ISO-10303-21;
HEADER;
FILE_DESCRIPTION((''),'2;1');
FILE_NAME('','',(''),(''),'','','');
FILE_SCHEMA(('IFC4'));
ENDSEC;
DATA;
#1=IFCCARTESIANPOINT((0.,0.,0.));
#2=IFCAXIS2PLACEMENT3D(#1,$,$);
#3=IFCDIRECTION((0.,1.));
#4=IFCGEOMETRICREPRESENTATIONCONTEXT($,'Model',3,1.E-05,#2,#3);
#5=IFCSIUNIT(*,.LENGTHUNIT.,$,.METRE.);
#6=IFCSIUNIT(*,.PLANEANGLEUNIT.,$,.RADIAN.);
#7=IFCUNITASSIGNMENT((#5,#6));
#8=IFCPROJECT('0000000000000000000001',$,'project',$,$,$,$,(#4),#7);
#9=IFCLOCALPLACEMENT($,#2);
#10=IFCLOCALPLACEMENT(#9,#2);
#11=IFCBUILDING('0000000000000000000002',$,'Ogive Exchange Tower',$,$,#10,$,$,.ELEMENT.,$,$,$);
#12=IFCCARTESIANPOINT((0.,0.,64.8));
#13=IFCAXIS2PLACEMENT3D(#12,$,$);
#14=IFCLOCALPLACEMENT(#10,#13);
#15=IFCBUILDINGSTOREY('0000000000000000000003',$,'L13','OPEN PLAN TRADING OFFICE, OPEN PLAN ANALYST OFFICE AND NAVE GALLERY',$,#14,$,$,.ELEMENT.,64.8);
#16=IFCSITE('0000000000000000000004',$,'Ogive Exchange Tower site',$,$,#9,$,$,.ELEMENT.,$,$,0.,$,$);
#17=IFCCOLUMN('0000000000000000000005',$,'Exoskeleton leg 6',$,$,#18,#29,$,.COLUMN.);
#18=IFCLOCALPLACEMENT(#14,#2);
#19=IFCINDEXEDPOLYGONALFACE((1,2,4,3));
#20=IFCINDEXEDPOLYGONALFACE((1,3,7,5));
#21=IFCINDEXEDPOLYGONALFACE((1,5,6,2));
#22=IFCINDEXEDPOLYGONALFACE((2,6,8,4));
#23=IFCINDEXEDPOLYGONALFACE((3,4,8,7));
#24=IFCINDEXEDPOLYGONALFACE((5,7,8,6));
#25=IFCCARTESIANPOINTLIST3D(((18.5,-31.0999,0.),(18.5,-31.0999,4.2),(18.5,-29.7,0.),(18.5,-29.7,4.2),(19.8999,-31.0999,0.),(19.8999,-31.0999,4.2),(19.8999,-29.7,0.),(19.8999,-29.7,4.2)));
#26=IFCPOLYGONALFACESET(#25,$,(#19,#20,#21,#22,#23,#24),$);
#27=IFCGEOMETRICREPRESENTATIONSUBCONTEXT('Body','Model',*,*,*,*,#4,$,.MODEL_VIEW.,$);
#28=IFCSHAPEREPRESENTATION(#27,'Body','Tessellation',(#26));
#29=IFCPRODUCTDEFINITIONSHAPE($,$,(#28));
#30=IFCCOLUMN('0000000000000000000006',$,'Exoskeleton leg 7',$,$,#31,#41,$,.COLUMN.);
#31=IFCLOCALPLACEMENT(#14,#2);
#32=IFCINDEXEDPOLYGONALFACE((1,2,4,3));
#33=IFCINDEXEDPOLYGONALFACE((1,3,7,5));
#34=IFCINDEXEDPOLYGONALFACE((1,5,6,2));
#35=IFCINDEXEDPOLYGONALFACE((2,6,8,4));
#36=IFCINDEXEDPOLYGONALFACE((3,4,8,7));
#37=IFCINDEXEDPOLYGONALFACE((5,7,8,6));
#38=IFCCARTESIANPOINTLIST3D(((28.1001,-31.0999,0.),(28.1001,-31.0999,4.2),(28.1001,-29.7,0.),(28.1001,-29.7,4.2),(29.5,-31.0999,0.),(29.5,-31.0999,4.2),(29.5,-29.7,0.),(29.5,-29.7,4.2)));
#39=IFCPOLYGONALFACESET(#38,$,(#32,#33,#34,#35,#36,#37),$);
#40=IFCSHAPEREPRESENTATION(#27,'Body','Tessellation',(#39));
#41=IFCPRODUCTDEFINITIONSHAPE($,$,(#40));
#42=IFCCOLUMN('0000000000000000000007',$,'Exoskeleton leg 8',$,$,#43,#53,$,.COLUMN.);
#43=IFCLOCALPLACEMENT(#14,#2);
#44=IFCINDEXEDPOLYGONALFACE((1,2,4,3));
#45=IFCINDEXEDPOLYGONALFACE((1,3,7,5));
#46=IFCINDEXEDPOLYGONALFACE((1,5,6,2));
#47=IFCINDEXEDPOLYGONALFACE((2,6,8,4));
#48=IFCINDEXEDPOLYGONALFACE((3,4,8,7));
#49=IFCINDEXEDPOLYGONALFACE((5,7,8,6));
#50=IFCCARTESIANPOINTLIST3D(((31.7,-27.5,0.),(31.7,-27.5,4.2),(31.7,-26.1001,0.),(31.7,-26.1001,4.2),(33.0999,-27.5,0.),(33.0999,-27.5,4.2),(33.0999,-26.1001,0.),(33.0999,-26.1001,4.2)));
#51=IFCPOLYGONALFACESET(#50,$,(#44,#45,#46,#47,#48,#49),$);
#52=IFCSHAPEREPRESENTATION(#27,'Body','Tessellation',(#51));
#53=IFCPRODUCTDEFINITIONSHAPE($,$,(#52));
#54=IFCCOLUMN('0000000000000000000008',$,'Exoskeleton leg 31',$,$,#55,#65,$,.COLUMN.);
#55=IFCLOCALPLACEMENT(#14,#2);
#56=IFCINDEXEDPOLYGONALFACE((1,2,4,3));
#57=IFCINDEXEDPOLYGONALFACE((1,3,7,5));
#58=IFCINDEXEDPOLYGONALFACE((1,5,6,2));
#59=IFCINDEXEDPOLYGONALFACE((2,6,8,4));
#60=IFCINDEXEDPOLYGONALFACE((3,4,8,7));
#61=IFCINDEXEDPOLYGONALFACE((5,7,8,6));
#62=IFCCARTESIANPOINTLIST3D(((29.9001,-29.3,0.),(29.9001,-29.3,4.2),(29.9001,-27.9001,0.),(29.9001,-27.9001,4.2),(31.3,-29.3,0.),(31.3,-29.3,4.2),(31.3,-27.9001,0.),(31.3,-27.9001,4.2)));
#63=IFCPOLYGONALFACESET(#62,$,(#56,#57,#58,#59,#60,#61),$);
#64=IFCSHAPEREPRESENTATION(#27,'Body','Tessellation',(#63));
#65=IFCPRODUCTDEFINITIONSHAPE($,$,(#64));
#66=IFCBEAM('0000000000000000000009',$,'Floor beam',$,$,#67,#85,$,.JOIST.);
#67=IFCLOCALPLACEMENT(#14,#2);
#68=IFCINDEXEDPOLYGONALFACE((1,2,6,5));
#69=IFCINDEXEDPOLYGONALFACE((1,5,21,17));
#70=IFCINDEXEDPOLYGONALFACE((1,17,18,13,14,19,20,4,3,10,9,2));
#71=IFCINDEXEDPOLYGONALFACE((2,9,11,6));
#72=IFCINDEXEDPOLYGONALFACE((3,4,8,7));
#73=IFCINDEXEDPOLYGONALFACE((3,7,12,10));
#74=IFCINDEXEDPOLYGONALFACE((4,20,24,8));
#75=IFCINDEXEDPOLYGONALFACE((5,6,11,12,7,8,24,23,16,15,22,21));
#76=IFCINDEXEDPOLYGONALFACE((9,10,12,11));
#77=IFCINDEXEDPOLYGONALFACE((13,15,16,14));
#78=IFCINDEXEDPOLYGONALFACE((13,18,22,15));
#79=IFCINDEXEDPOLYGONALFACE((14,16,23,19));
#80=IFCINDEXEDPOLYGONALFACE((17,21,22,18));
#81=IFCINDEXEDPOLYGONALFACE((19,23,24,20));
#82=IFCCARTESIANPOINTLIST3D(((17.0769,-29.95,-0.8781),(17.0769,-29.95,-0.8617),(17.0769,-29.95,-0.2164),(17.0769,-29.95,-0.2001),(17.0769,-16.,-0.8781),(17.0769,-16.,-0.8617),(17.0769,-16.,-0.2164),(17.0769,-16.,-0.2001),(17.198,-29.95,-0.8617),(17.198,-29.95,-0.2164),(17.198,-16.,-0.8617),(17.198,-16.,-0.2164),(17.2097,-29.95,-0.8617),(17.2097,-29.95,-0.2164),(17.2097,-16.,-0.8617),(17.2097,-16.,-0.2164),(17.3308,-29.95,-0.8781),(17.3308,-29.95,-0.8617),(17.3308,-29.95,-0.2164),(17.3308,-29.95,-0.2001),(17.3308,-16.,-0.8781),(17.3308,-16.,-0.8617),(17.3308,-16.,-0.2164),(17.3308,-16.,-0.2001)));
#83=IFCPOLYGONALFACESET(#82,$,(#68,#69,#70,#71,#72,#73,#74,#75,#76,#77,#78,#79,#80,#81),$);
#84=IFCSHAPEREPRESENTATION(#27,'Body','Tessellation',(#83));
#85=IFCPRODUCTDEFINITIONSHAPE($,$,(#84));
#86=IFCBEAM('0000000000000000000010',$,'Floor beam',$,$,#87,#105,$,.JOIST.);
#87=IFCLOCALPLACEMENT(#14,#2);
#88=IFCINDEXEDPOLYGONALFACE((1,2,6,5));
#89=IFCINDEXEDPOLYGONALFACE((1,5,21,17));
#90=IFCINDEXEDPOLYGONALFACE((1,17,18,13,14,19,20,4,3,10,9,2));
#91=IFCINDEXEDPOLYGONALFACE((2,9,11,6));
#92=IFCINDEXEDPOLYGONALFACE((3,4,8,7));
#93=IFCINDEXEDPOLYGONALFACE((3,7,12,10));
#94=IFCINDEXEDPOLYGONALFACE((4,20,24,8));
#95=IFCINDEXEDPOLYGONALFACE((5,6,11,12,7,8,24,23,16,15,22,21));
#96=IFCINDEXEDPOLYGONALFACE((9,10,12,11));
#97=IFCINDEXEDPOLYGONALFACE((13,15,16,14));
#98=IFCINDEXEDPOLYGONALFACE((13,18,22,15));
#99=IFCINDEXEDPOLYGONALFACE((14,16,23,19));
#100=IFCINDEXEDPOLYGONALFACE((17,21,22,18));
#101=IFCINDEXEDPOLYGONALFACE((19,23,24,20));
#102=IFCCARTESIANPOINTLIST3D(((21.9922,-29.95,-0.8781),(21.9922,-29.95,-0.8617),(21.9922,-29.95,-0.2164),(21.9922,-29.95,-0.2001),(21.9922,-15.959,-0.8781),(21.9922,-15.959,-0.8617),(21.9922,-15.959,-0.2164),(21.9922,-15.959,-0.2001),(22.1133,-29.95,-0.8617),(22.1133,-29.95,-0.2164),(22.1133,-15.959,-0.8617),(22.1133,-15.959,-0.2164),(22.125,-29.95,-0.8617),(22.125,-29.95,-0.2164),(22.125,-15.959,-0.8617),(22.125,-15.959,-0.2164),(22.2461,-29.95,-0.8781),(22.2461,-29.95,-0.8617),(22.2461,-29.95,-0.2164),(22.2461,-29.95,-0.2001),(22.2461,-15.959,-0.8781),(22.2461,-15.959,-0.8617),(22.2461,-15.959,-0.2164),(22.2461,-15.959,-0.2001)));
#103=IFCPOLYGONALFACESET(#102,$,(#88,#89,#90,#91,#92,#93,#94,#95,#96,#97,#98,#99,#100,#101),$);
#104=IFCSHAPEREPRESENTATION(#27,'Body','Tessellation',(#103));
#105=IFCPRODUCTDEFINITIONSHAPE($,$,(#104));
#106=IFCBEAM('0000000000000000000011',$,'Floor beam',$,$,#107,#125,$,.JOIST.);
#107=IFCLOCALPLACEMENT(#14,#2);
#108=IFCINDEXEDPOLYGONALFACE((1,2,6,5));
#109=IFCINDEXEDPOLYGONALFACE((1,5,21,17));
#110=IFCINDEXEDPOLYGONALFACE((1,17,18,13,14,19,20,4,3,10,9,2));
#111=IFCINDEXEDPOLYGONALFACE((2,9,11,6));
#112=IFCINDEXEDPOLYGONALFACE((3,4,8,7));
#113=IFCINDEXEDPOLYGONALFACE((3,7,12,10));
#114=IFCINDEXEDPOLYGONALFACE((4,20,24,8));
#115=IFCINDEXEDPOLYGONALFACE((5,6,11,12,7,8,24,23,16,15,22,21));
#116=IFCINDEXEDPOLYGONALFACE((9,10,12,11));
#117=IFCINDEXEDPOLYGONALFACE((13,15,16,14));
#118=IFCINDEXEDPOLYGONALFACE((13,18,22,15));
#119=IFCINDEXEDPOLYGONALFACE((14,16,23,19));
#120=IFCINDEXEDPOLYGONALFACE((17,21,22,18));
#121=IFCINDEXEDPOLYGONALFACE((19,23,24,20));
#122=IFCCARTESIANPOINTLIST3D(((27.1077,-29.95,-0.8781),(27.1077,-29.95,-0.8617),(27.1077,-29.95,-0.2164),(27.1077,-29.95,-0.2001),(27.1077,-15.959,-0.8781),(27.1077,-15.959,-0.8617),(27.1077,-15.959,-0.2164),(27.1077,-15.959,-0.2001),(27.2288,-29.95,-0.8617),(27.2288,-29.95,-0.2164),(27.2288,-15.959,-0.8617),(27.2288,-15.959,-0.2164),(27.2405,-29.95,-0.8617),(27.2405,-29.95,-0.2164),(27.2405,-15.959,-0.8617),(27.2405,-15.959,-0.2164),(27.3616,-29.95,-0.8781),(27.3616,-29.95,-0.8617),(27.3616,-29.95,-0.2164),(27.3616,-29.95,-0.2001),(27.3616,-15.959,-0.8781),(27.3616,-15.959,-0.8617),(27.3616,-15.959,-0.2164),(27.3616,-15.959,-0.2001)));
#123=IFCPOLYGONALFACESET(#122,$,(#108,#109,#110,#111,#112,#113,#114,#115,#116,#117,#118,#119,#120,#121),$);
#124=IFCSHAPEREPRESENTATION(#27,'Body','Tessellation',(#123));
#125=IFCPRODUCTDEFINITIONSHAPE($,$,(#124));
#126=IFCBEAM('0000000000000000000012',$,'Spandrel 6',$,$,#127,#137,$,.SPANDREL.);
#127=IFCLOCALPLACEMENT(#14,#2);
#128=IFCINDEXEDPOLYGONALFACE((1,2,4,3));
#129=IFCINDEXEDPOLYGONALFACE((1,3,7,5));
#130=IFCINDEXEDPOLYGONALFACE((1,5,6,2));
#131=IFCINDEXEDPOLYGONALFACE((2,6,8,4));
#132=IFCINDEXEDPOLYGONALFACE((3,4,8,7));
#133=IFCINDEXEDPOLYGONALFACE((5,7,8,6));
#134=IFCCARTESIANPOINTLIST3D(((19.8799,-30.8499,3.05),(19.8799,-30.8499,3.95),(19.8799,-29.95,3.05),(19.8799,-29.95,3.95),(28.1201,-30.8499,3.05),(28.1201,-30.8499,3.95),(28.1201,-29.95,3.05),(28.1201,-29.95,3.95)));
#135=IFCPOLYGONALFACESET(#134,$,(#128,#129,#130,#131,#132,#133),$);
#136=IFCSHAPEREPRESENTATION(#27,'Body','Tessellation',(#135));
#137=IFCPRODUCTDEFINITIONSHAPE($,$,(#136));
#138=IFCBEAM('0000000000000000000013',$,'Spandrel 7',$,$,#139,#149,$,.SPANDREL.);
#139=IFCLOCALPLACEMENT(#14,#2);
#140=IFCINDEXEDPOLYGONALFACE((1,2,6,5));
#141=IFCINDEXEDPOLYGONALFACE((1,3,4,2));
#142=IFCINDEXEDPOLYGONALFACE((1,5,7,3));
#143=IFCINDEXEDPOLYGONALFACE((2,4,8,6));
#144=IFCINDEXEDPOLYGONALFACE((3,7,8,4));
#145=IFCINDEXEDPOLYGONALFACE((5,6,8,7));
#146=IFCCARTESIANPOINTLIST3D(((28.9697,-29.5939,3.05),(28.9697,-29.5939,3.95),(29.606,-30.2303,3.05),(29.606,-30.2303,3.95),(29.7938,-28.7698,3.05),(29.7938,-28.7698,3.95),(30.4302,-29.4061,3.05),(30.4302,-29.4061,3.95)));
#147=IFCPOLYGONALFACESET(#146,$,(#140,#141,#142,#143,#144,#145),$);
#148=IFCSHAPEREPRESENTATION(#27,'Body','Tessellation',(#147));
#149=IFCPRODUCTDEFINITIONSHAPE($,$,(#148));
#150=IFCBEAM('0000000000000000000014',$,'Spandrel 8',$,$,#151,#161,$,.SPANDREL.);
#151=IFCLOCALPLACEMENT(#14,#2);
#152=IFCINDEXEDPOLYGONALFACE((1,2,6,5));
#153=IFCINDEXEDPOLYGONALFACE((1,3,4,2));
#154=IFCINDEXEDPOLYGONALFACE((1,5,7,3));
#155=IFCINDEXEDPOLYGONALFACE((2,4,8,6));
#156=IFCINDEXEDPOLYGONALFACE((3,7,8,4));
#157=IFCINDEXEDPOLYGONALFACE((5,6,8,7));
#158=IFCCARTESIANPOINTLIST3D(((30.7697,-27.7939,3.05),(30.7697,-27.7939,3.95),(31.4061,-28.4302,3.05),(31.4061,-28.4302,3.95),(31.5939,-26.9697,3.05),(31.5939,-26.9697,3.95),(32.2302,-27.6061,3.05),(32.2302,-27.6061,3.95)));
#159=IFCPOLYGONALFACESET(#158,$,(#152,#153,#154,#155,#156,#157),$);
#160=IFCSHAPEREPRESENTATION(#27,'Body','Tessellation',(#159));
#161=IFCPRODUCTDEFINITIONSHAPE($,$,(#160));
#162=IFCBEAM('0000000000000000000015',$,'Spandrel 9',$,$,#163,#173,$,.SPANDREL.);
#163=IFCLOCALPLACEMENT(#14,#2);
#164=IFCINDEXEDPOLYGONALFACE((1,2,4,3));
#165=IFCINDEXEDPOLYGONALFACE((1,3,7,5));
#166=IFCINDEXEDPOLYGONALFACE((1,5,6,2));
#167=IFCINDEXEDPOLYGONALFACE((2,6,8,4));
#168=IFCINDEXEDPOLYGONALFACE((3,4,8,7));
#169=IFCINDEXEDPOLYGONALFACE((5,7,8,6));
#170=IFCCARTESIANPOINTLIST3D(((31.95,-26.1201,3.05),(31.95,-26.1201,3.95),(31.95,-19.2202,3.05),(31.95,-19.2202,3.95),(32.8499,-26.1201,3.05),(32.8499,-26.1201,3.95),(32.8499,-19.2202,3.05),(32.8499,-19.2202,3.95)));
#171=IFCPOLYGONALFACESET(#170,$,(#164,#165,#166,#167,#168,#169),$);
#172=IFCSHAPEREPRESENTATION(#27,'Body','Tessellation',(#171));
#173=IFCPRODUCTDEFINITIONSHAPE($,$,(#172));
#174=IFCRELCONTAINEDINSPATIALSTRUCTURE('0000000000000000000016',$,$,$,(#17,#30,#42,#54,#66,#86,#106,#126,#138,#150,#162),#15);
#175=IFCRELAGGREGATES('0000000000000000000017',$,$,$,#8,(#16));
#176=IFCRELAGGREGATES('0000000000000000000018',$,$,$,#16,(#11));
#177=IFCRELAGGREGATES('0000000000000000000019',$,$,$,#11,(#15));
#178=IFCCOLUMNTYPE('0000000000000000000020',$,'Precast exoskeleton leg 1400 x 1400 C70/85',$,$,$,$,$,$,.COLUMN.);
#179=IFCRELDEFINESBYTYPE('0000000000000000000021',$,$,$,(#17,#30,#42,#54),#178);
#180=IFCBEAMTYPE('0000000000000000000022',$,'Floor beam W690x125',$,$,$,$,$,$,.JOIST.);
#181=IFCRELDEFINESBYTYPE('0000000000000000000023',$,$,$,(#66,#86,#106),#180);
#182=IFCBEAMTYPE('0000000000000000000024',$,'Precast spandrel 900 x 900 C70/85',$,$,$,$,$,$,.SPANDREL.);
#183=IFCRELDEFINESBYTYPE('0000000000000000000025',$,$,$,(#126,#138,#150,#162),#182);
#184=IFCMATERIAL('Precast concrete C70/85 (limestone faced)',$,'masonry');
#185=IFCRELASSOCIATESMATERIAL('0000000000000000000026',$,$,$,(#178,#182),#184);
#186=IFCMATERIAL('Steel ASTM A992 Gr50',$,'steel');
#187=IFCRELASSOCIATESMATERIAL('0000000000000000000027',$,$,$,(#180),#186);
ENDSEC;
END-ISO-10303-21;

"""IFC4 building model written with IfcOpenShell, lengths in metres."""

from ifc_helpers import new_model, si_unit, direction, frame, origin, origin_2d, place, context, subcontext, project, spatial, rectangle, i_section, extrude, material, material_profile, profile_set, type_object, element, save


model = new_model("IFC4")

# Units and contexts
model_context = context("Model", 3, precision=1e-05, world=origin(), true_north=direction((0.0, 1.0)))
body_context = subcontext(model_context, "Body", "Model", "MODEL_VIEW")
ifc_project = project(units=[si_unit("LENGTHUNIT", "METRE"), si_unit("PLANEANGLEUNIT", "RADIAN")], contexts=[model_context])

# Site, building, storey
site_placement = place(None, origin())
site = spatial("IfcSite", under=ifc_project, at=site_placement, Name="Ogive Exchange Tower site", CompositionType="ELEMENT", RefElevation=0.0)
building_placement = place(site_placement, origin())
building = spatial("IfcBuilding", under=site, at=building_placement, Name="Ogive Exchange Tower", CompositionType="ELEMENT")
storey_placement = place(building_placement, frame((0.0, 0.0, 64.8)))
storey = spatial("IfcBuildingStorey", under=building, at=storey_placement, Name="L13", Description="OPEN PLAN TRADING OFFICE, OPEN PLAN ANALYST OFFICE AND NAVE GALLERY", CompositionType="ELEMENT", Elevation=64.8)

# Columns
ifc_material_1 = material(Name="Precast concrete C70/85 (limestone faced)", Category="masonry")
ifc_material_profile_1 = material_profile(ifc_material_1, rectangle(XDim=1.3999, YDim=1.3999, at=origin_2d()), Name="1400 x 1400")
ifc_profile_set_1 = profile_set([ifc_material_profile_1], Name="Precast concrete C70/85 (limestone faced)")
column_type = type_object("IfcColumnType", Name="Precast exoskeleton leg 1400 x 1400 C70/85", PredefinedType="COLUMN", material=ifc_profile_set_1)
for number, where, z_axis, x_axis, name in (
    (1, (19.2, -30.3999, 0.0), (0.0, 0.0, 1.0), (1.0, 0.0, 0.0), "Exoskeleton leg 6"),
    (2, (28.8, -30.3999, 0.0), (0.0, 0.0, 1.0), (1.0, 0.0, 0.0), "Exoskeleton leg 7"),
    (3, (32.3999, -26.8, 0.0), (0.0, 0.0, 1.0), (1.0, 0.0, 0.0), "Exoskeleton leg 8"),
    (4, (30.6001, -28.6001, 0.0), (0.0, 0.0, 1.0), (1.0, 0.0, 0.0), "Exoskeleton leg 31"),
):
    element("IfcColumn", number, at=place(storey_placement, frame(where, z_axis=z_axis, x_axis=x_axis)), inside=storey, type_object=column_type, Name=name, PredefinedType="COLUMN", context=body_context, shape_type="SweptSolid", body=[
        extrude(rectangle(XDim=1.3999, YDim=1.3999, at=origin_2d()), origin(), (0.0, 0.0, 1.0), 4.2),
    ])

# Beams
ifc_material_2 = material(Name="Steel ASTM A992 Gr50", Category="steel")
ifc_material_profile_2 = material_profile(ifc_material_2, i_section(OverallWidth=0.2539, OverallDepth=0.678, WebThickness=0.0117, FlangeThickness=0.0164, at=origin_2d()), Name="W690x125")
ifc_profile_set_2 = profile_set([ifc_material_profile_2], Name="Steel ASTM A992 Gr50")
beam_type_1 = type_object("IfcBeamType", Name="Floor beam W690x125", PredefinedType="JOIST", material=ifc_profile_set_2)
beam_1_placement = place(storey_placement, frame((17.2039, -29.95, -0.5391), z_axis=(0.0, 1.0, 0.0), x_axis=(-1.0, 0.0, 0.0)))
element("IfcBeam", 5, at=beam_1_placement, inside=storey, type_object=beam_type_1, Name="Floor beam", PredefinedType="JOIST", context=body_context, shape_type="SweptSolid", body=[
    extrude(i_section(OverallWidth=0.2539, OverallDepth=0.678, WebThickness=0.0117, FlangeThickness=0.0164, at=origin_2d()), origin(), (0.0, 0.0, 1.0), 13.95),
])
for number, where, z_axis, x_axis, name in (
    (6, (22.1191, -29.95, -0.5391), (0.0, 1.0, 0.0), (-1.0, 0.0, 0.0), "Floor beam"),
    (7, (27.2346, -29.95, -0.5391), (0.0, 1.0, 0.0), (-1.0, 0.0, 0.0), "Floor beam"),
):
    element("IfcBeam", number, at=place(storey_placement, frame(where, z_axis=z_axis, x_axis=x_axis)), inside=storey, type_object=beam_type_1, Name=name, PredefinedType="JOIST", context=body_context, shape_type="SweptSolid", body=[
        extrude(i_section(OverallWidth=0.2539, OverallDepth=0.678, WebThickness=0.0117, FlangeThickness=0.0164, at=origin_2d()), origin(), (0.0, 0.0, 1.0), 13.991),
    ])
ifc_material_profile_3 = material_profile(ifc_material_1, rectangle(XDim=0.8999, YDim=0.8999, at=origin_2d()), Name="900 x 900")
ifc_profile_set_3 = profile_set([ifc_material_profile_3], Name="Precast concrete C70/85 (limestone faced)")
beam_type_2 = type_object("IfcBeamType", Name="Precast spandrel 900 x 900 C70/85", PredefinedType="SPANDREL", material=ifc_profile_set_3)
beam_2_placement = place(storey_placement, frame((19.8799, -30.3999, 3.5), z_axis=(1.0, 0.0, 0.0), x_axis=(0.0, 1.0, 0.0)))
element("IfcBeam", 8, at=beam_2_placement, inside=storey, type_object=beam_type_2, Name="Spandrel 6", PredefinedType="SPANDREL", context=body_context, shape_type="SweptSolid", body=[
    extrude(rectangle(XDim=0.8999, YDim=0.8999, at=origin_2d()), origin(), (0.0, 0.0, 1.0), 8.2402),
])
for number, where, z_axis, x_axis, name in (
    (9, (29.2878, -29.9121, 3.5), (0.707107, 0.707107, 0.0), (-0.707107, 0.707107, 0.0), "Spandrel 7"),
    (10, (31.0879, -28.1121, 3.5), (0.707107, 0.707107, 0.0), (-0.707107, 0.707107, 0.0), "Spandrel 8"),
):
    element("IfcBeam", number, at=place(storey_placement, frame(where, z_axis=z_axis, x_axis=x_axis)), inside=storey, type_object=beam_type_2, Name=name, PredefinedType="SPANDREL", context=body_context, shape_type="SweptSolid", body=[
        extrude(rectangle(XDim=0.8999, YDim=0.8999, at=origin_2d()), origin(), (0.0, 0.0, 1.0), 1.1655),
    ])
beam_3_placement = place(storey_placement, frame((32.3999, -26.1201, 3.5), z_axis=(0.0, 1.0, 0.0), x_axis=(-1.0, 0.0, 0.0)))
element("IfcBeam", 11, at=beam_3_placement, inside=storey, type_object=beam_type_2, Name="Spandrel 9", PredefinedType="SPANDREL", context=body_context, shape_type="SweptSolid", body=[
    extrude(rectangle(XDim=0.8999, YDim=0.8999, at=origin_2d()), origin(), (0.0, 0.0, 1.0), 6.8999),
])

save(model, "model.ifc")
